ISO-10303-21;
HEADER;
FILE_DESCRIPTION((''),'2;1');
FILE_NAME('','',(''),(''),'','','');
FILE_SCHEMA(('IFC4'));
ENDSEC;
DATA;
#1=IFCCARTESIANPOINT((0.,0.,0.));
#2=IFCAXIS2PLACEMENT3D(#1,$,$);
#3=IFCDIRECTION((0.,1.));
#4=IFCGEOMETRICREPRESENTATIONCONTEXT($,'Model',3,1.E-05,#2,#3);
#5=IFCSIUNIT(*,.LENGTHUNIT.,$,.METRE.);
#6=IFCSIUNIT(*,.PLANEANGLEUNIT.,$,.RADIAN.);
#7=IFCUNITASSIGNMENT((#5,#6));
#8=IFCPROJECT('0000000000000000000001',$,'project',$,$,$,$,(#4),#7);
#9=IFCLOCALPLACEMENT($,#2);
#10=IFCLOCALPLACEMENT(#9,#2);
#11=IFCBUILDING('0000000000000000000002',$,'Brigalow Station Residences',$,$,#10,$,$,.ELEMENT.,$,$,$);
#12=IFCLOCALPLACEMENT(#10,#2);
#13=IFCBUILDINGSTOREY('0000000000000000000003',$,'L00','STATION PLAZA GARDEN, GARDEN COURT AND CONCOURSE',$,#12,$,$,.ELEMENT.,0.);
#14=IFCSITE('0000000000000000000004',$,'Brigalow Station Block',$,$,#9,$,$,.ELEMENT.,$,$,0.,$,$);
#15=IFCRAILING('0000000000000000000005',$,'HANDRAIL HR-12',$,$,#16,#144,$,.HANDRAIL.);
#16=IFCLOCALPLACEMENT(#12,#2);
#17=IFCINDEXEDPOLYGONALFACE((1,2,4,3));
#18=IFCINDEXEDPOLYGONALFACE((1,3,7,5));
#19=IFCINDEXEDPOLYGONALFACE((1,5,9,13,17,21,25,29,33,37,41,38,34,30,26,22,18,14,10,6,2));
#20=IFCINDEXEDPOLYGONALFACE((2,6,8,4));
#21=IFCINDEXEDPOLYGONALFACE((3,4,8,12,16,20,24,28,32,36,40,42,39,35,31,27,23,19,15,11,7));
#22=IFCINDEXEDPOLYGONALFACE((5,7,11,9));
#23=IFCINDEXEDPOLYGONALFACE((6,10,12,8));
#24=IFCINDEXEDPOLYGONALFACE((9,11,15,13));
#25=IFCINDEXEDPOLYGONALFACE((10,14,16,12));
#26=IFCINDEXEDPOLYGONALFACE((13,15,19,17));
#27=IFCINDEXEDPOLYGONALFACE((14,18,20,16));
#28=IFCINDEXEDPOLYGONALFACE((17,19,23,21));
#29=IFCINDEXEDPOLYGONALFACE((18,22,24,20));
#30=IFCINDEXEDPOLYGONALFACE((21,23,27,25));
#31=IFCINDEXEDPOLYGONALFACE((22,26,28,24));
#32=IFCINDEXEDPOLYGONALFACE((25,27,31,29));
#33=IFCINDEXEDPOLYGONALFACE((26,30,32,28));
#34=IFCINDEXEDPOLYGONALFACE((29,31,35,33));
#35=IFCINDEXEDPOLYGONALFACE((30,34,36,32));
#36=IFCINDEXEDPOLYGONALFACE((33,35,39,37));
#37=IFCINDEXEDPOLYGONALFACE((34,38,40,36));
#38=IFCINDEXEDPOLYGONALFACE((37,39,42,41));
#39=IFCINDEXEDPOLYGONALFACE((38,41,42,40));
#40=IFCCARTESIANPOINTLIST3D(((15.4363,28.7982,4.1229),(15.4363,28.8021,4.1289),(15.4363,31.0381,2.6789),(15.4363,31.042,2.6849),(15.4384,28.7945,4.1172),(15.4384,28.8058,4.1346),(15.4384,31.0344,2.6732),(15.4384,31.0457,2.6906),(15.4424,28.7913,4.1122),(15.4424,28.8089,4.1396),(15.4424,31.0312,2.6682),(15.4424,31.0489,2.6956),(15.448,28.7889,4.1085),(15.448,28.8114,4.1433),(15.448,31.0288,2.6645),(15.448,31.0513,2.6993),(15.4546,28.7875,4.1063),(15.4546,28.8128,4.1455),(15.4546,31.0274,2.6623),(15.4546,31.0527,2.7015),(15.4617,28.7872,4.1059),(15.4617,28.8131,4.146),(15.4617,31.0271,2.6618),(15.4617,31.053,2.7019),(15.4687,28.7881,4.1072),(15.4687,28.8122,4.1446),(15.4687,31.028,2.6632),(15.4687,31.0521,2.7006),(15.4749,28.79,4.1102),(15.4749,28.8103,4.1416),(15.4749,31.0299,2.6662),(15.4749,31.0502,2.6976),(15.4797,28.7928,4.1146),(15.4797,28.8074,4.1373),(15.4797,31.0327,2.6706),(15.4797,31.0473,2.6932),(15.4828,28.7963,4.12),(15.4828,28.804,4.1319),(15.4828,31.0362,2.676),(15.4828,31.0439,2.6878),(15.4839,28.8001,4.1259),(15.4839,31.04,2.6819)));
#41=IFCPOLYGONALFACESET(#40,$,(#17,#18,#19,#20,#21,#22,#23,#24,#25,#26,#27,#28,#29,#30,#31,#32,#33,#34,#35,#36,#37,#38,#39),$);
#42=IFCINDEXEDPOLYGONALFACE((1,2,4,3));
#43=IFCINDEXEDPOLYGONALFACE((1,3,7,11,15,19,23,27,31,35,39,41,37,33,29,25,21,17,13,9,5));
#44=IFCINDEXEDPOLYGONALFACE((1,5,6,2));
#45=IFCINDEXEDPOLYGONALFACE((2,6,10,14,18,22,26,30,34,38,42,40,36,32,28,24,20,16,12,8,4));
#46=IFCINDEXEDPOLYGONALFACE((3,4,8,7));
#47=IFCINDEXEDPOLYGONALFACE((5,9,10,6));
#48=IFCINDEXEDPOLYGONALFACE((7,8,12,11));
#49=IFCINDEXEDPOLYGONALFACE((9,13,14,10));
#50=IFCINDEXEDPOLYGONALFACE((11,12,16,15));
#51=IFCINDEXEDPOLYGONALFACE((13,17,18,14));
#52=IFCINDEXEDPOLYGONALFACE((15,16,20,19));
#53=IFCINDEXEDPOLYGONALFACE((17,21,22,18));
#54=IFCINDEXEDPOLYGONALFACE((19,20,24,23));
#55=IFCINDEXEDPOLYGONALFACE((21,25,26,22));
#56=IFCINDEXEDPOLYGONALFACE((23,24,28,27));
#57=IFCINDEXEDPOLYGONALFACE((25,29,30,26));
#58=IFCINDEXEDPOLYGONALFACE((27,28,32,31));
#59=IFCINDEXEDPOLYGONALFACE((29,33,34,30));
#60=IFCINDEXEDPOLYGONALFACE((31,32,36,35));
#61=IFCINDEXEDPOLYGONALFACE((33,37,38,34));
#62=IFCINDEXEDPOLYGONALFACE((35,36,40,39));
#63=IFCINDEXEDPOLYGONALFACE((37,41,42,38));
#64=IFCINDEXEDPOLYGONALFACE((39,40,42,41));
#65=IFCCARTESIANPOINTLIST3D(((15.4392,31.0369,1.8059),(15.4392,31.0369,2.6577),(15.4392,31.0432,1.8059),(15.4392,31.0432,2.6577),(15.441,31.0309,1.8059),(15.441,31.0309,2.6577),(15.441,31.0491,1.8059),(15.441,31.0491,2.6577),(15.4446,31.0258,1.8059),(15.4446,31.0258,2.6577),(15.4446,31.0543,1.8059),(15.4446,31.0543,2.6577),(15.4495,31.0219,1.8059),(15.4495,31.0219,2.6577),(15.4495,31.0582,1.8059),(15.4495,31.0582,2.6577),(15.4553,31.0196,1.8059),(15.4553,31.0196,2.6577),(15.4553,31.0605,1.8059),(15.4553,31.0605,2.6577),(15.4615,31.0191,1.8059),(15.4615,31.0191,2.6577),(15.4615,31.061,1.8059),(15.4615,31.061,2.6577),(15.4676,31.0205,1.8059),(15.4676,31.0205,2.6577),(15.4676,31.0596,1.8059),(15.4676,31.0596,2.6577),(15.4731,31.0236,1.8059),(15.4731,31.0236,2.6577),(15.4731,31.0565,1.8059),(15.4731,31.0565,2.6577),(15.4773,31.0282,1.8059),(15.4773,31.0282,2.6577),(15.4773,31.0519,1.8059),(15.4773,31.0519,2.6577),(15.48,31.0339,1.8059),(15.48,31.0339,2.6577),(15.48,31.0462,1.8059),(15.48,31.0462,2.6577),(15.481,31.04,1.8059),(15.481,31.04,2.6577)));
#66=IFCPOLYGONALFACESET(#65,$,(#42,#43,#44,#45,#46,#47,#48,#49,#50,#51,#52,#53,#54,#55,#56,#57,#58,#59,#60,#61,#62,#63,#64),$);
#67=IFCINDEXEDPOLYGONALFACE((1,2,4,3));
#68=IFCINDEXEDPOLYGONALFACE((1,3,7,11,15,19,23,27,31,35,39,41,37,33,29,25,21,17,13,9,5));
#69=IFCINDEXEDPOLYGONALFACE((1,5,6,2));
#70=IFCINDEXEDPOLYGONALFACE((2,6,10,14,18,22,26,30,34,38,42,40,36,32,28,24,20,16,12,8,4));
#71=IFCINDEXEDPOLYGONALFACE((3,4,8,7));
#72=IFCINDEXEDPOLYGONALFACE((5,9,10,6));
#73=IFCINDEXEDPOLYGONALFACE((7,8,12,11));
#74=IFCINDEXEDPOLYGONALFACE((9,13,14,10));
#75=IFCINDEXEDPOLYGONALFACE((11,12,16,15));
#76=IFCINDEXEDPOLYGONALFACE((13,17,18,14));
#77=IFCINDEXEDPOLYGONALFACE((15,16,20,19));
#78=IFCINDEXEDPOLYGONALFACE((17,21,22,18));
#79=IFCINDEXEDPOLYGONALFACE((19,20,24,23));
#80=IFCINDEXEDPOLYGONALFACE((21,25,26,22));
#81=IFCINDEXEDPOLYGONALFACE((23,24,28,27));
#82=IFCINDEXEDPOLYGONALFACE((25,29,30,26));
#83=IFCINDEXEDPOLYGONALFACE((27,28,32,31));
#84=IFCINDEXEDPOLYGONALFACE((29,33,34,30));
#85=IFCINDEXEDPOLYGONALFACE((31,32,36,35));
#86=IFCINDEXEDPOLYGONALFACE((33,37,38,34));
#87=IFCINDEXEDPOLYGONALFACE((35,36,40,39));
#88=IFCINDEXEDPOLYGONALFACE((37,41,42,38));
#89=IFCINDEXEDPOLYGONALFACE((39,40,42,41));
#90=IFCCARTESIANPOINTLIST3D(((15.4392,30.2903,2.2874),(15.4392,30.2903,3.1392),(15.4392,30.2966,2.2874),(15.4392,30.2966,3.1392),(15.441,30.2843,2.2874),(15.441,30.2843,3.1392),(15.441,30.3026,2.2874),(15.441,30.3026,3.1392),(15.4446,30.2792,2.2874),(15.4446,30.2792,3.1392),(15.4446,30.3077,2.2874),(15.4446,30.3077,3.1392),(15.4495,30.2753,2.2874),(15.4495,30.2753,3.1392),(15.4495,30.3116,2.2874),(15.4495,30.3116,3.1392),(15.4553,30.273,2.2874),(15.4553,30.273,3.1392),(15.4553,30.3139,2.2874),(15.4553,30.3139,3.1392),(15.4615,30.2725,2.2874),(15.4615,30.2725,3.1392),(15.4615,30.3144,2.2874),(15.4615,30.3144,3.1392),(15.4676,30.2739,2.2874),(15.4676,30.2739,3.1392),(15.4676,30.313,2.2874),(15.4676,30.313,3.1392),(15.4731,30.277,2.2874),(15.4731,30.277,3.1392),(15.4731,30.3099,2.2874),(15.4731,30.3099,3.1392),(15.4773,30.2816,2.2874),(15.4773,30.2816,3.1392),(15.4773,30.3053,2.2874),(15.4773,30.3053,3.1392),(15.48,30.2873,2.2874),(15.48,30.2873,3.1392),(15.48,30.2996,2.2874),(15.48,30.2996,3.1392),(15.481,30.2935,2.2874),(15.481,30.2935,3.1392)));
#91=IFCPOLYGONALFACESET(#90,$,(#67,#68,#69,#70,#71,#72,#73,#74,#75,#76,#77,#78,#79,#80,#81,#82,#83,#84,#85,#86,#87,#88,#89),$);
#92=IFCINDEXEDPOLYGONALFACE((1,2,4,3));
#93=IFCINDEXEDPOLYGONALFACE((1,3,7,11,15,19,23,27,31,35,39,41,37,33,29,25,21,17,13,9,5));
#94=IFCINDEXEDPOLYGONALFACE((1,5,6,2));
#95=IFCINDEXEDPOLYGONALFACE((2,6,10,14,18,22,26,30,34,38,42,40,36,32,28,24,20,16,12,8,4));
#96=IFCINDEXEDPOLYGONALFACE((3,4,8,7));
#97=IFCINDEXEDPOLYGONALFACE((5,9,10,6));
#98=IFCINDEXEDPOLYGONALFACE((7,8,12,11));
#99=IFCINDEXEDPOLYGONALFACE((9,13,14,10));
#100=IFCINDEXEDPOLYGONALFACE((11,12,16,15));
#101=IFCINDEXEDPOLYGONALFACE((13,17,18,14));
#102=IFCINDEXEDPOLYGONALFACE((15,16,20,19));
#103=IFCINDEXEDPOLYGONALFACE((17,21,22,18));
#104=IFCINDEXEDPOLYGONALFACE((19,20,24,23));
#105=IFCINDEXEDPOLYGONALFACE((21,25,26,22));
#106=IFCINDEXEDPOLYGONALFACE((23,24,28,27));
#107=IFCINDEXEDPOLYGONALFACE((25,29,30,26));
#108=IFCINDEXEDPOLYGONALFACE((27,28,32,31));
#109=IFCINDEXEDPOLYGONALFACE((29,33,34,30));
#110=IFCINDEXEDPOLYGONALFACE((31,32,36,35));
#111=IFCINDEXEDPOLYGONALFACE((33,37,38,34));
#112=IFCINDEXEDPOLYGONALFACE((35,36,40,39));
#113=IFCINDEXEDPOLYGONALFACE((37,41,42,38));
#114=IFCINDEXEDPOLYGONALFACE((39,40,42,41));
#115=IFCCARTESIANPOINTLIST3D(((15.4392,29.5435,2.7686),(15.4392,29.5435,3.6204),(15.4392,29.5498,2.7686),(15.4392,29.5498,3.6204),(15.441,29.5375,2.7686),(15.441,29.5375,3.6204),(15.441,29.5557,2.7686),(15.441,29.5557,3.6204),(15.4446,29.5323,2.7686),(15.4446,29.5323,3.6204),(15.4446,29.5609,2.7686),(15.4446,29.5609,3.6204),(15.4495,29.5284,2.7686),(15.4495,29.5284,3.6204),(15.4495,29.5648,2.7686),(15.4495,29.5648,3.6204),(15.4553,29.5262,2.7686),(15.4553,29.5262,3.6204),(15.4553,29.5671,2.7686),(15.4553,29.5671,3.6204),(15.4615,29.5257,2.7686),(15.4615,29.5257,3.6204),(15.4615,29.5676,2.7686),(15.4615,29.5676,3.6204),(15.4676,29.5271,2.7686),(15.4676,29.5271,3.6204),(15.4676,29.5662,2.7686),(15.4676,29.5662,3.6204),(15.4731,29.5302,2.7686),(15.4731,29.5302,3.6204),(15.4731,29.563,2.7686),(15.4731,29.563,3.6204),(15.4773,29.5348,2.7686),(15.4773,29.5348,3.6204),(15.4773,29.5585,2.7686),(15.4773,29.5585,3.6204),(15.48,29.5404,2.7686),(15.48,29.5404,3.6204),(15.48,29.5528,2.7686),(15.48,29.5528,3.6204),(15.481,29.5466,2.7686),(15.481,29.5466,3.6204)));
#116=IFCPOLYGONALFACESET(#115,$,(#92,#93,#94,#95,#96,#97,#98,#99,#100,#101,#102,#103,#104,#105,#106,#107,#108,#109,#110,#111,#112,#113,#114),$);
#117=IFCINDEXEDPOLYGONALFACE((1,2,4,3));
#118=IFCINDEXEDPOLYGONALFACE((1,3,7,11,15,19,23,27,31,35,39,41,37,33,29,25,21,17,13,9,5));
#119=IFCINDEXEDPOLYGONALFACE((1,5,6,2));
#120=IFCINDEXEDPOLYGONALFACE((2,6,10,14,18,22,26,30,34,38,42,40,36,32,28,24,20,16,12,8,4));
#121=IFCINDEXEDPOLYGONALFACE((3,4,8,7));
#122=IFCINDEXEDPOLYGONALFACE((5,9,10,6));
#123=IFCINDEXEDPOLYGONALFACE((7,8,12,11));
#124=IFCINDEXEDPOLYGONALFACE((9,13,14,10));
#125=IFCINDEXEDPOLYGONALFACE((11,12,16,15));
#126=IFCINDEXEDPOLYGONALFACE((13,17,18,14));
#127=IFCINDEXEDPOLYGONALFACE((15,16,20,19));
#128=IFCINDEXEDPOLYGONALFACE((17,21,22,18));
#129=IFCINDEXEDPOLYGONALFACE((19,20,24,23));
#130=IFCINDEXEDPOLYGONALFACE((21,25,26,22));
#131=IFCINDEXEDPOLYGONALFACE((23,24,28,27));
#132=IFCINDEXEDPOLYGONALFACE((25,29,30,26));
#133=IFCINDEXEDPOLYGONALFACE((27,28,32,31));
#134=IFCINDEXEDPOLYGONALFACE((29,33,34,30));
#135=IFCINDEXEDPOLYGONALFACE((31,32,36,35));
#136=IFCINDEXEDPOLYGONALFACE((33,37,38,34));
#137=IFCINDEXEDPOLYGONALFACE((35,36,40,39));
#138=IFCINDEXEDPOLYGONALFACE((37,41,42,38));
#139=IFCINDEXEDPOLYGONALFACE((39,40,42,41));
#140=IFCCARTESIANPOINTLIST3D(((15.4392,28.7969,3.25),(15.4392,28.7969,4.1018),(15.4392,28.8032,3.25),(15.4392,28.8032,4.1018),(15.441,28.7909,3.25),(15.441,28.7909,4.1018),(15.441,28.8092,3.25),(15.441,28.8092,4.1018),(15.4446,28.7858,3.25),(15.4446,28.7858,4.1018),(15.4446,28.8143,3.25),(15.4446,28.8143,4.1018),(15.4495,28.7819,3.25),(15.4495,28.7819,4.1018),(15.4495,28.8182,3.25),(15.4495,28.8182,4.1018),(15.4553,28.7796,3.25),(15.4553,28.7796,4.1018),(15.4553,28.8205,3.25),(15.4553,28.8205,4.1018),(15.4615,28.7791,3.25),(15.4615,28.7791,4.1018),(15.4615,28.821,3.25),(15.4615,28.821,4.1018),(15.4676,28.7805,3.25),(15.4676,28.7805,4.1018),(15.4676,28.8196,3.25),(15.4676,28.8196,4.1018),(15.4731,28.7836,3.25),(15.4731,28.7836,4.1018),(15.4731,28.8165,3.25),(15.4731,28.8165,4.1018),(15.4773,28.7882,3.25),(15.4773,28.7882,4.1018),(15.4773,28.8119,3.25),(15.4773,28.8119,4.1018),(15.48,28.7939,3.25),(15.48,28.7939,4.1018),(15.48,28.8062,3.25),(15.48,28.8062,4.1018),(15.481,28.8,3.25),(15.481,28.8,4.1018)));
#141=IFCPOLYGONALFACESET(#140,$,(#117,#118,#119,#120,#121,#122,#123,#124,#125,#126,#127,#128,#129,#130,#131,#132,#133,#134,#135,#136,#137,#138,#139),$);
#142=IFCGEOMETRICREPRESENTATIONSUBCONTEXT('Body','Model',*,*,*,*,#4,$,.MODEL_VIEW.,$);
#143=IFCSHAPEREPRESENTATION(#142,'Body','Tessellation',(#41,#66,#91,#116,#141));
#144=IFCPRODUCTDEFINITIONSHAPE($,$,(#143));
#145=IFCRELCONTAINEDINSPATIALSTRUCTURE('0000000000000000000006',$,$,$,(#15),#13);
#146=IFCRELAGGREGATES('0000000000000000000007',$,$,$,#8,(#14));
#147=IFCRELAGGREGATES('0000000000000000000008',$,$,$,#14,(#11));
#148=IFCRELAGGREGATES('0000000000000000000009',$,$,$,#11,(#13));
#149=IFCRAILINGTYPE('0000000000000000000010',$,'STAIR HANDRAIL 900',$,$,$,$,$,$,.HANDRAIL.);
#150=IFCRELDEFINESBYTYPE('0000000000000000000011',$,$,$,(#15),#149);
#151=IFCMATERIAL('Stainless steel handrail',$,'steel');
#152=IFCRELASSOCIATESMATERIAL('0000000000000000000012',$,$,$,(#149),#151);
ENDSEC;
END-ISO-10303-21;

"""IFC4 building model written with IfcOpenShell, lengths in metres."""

from ifc_helpers import new_model, si_unit, direction, frame, origin, origin_2d, place, context, subcontext, project, spatial, circle, extrude, material, type_object, element, save


model = new_model("IFC4")

# Units and contexts
model_context = context("Model", 3, precision=1e-05, world=origin(), true_north=direction((0.0, 1.0)))
body_context = subcontext(model_context, "Body", "Model", "MODEL_VIEW")
ifc_project = project(units=[si_unit("LENGTHUNIT", "METRE"), si_unit("PLANEANGLEUNIT", "RADIAN")], contexts=[model_context])

# Site, building, storey
site_placement = place(None, origin())
site = spatial("IfcSite", under=ifc_project, at=site_placement, Name="Brigalow Station Block", CompositionType="ELEMENT", RefElevation=0.0)
building_placement = place(site_placement, origin())
building = spatial("IfcBuilding", under=site, at=building_placement, Name="Brigalow Station Residences", CompositionType="ELEMENT")
storey_placement = place(building_placement, origin())
storey = spatial("IfcBuildingStorey", under=building, at=storey_placement, Name="L00", Description="STATION PLAZA GARDEN, GARDEN COURT AND CONCOURSE", CompositionType="ELEMENT", Elevation=0.0)

# Railing
ifc_material_1 = material(Name="Stainless steel handrail", Category="steel")
railing_type_1 = type_object("IfcRailingType", Name="STAIR HANDRAIL 900", PredefinedType="HANDRAIL", material=ifc_material_1)
railing_1_placement = place(storey_placement, frame((15.46, 31.04, 1.8059)))
element("IfcRailing", 1, at=railing_1_placement, inside=storey, type_object=railing_type_1, Name="HANDRAIL HR-12", PredefinedType="HANDRAIL", context=body_context, shape_type="SweptSolid", body=[
    extrude(circle(Radius=0.0239, at=origin_2d()), frame((0.0, 0.0, 0.876), z_axis=(0.0, -0.840478, 0.541845), x_axis=(1.0, 0.0, 0.0)), (0.0, 0.0, 1.0), 2.665),
    extrude(circle(Radius=0.021, at=origin_2d()), origin(), (0.0, 0.0, 1.0), 0.8518),
    extrude(circle(Radius=0.021, at=origin_2d()), frame((0.0, -0.7466, 0.4814)), (0.0, 0.0, 1.0), 0.8518),
    extrude(circle(Radius=0.021, at=origin_2d()), frame((0.0, -1.4934, 0.9626)), (0.0, 0.0, 1.0), 0.8518),
    extrude(circle(Radius=0.021, at=origin_2d()), frame((0.0, -2.24, 1.4441)), (0.0, 0.0, 1.0), 0.8518),
])

save(model, "model.ifc")
